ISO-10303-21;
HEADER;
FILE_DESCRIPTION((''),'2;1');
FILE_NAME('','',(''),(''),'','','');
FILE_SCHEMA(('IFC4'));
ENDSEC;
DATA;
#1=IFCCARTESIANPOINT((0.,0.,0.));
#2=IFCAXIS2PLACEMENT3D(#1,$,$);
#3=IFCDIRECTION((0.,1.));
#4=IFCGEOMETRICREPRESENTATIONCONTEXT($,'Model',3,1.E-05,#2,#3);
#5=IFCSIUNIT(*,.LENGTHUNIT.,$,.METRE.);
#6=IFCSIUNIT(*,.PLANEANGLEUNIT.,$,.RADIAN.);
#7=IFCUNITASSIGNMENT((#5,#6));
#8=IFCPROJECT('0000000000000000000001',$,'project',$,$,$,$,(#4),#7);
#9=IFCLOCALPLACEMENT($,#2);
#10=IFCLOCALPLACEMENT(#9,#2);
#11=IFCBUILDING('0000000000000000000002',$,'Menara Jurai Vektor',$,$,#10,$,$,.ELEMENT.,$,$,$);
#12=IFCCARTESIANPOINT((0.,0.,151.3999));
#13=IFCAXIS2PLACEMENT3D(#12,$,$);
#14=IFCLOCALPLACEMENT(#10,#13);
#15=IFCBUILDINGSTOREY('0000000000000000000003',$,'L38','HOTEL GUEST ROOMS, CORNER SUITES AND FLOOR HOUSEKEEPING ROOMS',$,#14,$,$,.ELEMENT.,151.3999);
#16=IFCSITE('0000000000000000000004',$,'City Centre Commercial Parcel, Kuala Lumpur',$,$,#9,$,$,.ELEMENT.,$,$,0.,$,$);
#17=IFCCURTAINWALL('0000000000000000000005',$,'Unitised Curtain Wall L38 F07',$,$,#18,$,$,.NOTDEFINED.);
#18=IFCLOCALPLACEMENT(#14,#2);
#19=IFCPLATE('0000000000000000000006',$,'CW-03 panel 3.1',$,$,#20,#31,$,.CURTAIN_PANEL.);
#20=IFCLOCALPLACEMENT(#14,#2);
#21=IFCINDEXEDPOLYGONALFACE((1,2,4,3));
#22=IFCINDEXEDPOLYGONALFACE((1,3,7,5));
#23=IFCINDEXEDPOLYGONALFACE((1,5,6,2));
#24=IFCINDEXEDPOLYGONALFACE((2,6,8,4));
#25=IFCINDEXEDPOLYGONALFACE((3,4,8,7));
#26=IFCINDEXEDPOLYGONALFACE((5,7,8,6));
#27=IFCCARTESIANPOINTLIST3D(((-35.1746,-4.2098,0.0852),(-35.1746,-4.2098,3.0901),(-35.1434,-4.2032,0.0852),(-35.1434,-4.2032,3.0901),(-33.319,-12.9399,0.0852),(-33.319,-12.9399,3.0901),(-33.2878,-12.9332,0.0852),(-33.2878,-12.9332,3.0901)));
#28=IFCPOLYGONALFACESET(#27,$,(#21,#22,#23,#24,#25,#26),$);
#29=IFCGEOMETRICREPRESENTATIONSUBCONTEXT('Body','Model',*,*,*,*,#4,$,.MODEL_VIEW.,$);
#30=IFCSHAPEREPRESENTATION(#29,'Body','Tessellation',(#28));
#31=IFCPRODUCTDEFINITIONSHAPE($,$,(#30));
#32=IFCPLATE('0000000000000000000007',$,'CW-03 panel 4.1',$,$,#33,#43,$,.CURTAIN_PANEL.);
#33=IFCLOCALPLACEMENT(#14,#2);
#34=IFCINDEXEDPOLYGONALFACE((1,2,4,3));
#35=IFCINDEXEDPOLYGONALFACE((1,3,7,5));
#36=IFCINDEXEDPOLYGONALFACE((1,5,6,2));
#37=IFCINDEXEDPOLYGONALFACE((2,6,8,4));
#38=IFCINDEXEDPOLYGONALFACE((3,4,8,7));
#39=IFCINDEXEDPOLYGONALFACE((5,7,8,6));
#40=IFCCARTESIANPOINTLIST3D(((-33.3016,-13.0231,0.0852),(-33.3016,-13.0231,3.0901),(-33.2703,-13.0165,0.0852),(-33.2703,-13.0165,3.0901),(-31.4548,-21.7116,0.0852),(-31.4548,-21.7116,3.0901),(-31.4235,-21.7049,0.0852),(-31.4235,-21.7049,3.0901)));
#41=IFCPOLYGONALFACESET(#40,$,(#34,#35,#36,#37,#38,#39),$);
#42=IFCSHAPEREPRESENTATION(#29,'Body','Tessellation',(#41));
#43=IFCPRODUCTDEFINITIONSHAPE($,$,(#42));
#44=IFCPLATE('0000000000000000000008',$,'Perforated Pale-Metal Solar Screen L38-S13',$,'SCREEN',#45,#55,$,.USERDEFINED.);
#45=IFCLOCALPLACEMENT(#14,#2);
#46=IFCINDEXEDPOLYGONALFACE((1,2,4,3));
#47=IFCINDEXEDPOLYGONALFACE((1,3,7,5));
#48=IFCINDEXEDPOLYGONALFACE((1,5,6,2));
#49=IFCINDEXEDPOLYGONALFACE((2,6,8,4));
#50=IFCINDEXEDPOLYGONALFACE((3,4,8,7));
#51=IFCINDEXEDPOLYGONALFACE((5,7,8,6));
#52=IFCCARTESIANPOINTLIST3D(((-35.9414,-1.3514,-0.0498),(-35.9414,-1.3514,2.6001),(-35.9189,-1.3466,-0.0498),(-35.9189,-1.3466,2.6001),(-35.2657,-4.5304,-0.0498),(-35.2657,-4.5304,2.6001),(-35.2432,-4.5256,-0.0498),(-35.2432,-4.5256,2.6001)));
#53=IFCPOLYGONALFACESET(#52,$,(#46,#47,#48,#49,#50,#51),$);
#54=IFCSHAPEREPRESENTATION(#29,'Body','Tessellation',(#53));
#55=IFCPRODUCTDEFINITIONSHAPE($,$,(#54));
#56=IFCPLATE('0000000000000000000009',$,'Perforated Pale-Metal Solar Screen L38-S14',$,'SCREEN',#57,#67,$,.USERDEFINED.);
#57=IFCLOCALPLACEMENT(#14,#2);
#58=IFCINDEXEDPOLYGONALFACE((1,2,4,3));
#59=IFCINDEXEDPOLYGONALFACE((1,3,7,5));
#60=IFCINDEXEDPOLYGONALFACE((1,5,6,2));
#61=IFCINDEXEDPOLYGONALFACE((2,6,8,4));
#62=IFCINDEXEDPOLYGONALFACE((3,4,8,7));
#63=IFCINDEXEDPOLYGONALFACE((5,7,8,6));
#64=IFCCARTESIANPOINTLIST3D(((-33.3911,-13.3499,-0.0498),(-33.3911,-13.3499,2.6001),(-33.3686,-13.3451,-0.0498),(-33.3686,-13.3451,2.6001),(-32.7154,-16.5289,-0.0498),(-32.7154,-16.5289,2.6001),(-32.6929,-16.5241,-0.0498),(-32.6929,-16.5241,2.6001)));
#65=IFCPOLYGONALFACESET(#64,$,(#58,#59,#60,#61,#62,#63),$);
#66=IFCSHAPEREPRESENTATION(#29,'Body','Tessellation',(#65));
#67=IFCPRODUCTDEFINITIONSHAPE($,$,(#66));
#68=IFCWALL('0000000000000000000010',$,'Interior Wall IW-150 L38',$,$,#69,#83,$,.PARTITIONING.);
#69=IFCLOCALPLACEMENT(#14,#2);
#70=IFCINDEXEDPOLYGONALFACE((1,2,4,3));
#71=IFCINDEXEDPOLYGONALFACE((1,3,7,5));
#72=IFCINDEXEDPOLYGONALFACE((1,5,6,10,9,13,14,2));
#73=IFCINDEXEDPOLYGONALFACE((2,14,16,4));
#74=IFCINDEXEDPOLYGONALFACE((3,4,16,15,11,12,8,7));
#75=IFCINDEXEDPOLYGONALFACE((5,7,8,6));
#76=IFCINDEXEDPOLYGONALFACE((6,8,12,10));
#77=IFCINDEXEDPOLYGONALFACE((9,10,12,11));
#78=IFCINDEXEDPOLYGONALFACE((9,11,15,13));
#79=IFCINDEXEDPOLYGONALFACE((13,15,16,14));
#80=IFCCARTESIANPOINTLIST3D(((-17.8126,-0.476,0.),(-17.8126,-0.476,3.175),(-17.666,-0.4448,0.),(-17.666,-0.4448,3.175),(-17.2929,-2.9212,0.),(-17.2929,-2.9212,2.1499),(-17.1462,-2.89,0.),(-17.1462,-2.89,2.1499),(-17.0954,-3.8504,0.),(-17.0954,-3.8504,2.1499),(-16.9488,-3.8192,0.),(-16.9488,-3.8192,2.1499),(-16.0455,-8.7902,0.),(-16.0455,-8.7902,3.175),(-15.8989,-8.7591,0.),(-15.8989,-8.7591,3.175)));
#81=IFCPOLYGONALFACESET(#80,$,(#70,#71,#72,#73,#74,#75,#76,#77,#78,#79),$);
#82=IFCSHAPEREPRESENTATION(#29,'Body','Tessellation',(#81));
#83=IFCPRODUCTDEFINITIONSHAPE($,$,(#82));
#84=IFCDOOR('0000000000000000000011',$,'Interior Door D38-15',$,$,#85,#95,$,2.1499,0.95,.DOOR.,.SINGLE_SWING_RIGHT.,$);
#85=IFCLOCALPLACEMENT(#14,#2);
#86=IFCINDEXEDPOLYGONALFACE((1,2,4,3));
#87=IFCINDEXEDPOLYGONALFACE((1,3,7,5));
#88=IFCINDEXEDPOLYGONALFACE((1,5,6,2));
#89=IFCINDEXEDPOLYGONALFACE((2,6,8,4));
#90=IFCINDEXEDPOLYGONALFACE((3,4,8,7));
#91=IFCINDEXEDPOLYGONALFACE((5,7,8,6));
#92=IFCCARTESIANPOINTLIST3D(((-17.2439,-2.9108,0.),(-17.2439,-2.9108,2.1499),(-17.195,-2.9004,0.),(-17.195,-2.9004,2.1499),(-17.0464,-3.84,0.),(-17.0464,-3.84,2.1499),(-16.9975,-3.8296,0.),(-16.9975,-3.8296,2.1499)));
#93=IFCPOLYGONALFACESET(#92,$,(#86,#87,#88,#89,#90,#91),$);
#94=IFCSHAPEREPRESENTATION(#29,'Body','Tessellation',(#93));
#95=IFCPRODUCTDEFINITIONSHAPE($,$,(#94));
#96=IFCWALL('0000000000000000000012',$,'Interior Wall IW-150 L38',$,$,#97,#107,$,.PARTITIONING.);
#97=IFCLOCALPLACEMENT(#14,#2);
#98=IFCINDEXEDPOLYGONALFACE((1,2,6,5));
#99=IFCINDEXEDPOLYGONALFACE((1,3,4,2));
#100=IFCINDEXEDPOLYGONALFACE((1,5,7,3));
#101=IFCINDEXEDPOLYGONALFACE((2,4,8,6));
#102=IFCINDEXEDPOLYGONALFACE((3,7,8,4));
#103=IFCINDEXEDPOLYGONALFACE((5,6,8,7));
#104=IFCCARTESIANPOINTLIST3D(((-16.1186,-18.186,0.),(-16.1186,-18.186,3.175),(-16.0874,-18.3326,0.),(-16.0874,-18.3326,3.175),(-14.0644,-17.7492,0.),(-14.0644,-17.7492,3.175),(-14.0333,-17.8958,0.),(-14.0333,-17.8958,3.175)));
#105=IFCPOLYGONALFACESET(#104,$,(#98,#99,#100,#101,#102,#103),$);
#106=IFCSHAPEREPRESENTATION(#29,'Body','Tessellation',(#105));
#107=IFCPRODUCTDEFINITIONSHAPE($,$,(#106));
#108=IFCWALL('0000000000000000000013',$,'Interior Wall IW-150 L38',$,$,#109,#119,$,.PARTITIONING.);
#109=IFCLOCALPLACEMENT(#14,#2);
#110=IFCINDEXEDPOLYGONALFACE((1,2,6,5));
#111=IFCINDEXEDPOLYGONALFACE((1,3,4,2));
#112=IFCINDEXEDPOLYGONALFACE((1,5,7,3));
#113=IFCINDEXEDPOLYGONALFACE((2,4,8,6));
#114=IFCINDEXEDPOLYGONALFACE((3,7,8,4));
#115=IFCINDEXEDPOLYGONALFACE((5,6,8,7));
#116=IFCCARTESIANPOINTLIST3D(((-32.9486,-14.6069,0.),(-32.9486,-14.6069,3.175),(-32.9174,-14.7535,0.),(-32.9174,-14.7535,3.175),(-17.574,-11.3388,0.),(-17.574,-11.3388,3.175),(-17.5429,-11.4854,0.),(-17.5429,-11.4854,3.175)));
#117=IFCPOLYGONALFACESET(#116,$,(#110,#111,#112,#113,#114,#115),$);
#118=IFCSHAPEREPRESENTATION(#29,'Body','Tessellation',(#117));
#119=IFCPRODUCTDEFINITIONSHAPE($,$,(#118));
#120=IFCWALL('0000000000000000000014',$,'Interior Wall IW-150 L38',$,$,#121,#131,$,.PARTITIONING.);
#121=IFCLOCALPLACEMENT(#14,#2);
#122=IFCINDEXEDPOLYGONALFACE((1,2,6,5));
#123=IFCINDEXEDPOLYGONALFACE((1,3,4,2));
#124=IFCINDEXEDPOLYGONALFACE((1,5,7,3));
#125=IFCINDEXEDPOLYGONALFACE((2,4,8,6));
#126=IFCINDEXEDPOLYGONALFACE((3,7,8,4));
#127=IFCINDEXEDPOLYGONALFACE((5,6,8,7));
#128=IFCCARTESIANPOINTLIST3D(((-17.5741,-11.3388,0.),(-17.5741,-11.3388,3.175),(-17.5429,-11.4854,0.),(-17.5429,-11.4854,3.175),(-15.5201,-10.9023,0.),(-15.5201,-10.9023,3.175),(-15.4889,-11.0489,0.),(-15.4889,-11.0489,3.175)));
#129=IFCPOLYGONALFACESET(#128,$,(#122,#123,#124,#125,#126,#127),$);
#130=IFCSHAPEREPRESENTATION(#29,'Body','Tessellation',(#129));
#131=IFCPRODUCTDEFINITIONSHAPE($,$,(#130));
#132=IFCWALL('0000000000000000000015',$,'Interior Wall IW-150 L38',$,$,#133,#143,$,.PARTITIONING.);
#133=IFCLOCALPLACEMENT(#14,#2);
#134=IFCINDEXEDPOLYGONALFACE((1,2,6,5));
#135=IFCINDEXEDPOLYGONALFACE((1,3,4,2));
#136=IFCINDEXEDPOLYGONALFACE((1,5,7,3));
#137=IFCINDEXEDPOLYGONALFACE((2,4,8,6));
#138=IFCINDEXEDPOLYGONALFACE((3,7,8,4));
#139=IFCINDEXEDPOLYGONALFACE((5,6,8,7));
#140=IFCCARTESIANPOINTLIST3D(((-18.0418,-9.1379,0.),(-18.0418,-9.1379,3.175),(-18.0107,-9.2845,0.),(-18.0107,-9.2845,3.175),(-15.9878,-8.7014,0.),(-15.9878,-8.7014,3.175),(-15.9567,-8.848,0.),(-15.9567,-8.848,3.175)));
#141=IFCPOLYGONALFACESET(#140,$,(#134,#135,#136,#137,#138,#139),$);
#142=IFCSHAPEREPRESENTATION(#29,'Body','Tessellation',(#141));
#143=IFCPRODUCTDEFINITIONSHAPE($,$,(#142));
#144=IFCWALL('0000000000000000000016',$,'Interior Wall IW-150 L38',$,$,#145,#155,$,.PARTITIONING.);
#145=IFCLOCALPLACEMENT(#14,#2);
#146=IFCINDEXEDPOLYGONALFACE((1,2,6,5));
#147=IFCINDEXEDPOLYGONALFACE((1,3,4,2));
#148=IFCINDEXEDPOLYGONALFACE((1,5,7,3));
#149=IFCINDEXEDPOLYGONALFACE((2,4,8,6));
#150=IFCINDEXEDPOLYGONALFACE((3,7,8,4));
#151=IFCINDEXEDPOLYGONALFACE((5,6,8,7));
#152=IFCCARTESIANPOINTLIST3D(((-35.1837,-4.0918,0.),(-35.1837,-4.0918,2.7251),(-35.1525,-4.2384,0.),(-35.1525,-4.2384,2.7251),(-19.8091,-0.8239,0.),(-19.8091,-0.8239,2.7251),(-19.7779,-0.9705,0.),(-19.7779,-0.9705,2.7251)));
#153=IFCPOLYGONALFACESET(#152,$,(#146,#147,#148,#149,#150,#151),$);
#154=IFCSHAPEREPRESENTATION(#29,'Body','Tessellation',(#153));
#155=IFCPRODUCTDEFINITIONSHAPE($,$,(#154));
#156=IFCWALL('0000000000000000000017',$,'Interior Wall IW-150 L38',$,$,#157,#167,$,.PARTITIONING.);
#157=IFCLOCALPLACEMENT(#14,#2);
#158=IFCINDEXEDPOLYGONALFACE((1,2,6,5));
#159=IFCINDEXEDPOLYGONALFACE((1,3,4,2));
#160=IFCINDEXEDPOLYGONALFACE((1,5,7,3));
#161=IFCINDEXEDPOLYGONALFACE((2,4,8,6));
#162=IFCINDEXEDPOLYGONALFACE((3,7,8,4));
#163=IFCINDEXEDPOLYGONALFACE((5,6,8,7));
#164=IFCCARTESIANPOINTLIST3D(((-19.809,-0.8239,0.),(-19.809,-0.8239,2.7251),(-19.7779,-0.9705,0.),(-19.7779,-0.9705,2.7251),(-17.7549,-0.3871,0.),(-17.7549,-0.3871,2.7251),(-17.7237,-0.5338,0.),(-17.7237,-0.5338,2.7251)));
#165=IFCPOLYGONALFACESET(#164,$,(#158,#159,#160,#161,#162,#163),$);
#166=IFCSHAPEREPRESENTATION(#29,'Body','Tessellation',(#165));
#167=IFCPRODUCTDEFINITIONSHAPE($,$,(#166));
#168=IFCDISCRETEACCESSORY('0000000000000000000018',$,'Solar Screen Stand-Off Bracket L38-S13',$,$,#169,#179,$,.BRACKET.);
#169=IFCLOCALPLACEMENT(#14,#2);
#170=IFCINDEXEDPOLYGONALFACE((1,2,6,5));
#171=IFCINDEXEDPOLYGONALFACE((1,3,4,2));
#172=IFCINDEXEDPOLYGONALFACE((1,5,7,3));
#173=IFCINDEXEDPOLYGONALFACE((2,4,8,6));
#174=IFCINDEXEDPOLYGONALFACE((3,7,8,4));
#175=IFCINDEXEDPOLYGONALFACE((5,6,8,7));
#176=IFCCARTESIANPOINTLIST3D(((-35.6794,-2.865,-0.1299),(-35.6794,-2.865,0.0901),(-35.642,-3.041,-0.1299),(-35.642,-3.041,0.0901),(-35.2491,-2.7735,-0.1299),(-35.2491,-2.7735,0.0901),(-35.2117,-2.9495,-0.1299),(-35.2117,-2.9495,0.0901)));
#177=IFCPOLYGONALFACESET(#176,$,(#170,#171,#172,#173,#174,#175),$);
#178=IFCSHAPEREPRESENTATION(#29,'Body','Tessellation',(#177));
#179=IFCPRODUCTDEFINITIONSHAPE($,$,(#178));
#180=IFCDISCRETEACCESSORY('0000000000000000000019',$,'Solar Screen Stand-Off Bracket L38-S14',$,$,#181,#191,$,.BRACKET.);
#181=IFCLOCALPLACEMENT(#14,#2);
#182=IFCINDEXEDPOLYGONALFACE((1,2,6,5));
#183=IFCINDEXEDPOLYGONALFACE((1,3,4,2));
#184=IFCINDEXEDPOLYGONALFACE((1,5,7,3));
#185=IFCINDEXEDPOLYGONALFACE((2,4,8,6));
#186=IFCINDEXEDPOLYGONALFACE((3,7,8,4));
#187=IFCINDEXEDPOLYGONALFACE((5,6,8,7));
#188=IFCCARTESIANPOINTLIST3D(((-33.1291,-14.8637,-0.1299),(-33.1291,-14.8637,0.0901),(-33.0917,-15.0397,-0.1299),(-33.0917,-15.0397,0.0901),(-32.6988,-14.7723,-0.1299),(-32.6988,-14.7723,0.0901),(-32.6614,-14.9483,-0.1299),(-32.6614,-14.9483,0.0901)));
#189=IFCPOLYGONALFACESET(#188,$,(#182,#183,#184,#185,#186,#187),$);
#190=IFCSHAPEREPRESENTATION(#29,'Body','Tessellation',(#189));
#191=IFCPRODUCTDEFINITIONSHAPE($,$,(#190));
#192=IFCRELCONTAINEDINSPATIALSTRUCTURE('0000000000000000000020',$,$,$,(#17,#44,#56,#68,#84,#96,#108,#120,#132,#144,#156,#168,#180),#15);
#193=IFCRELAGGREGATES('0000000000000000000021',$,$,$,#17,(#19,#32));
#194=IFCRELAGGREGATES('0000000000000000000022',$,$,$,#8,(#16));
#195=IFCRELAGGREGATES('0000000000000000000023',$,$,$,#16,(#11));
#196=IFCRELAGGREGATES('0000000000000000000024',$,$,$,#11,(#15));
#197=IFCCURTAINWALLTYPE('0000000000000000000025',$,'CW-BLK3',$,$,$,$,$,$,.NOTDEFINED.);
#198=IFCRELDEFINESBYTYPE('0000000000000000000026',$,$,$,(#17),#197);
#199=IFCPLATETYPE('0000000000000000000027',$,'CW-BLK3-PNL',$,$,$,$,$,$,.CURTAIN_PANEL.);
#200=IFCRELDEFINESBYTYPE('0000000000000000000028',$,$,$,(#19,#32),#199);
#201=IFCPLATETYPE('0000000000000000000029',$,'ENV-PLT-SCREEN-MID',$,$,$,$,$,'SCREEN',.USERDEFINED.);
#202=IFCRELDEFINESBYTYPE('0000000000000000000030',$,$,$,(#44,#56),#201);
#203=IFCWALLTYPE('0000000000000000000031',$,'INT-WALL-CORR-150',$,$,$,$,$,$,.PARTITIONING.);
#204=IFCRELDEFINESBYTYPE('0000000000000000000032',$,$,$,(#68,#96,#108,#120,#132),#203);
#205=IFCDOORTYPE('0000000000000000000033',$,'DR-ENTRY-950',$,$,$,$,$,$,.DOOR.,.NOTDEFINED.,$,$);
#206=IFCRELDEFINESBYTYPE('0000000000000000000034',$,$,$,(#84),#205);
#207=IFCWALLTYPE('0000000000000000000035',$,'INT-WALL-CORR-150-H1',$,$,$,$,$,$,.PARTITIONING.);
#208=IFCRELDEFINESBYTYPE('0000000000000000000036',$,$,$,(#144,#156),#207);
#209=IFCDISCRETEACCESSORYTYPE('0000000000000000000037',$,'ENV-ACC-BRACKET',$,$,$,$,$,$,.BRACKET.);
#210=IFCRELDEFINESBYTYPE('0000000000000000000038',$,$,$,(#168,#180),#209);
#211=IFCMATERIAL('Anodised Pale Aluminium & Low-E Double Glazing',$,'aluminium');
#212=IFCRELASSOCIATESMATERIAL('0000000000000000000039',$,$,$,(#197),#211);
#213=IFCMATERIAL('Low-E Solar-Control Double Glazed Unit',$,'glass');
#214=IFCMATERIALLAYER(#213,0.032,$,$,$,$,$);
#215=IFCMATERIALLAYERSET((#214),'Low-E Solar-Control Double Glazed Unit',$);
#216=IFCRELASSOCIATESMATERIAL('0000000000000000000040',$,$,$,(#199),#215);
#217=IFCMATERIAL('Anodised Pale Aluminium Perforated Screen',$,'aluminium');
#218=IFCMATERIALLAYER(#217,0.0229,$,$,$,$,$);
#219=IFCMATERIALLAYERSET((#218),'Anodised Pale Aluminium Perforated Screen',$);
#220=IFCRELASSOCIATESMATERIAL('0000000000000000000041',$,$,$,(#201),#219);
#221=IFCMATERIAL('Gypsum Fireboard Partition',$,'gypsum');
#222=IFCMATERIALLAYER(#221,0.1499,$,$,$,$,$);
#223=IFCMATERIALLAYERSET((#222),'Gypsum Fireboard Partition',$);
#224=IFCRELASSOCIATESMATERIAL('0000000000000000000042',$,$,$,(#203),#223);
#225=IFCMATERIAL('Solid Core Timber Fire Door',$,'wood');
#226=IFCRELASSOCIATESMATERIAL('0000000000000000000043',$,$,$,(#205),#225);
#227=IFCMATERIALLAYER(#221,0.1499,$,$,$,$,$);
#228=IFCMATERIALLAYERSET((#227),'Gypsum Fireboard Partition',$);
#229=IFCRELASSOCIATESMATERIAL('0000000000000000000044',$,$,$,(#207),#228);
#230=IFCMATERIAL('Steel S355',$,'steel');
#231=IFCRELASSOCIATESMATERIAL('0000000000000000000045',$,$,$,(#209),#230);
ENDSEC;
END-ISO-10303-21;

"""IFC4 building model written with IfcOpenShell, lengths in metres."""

from ifc_helpers import new_model, si_unit, direction, frame, frame_2d, origin, origin_2d, place, context, subcontext, project, spatial, rectangle, extrude, material, layer, layer_set, type_object, element, fill, aggregate, save


model = new_model("IFC4")

# Units and contexts
model_context = context("Model", 3, precision=1e-05, world=origin(), true_north=direction((0.0, 1.0)))
body_context = subcontext(model_context, "Body", "Model", "MODEL_VIEW")
ifc_project = project(units=[si_unit("LENGTHUNIT", "METRE"), si_unit("PLANEANGLEUNIT", "RADIAN")], contexts=[model_context])

# Site, building, storey
site_placement = place(None, origin())
site = spatial("IfcSite", under=ifc_project, at=site_placement, Name="City Centre Commercial Parcel, Kuala Lumpur", CompositionType="ELEMENT", RefElevation=0.0)
building_placement = place(site_placement, origin())
building = spatial("IfcBuilding", under=site, at=building_placement, Name="Menara Jurai Vektor", CompositionType="ELEMENT")
storey_placement = place(building_placement, frame((0.0, 0.0, 151.3999)))
storey = spatial("IfcBuildingStorey", under=building, at=storey_placement, Name="L38", Description="HOTEL GUEST ROOMS, CORNER SUITES AND FLOOR HOUSEKEEPING ROOMS", CompositionType="ELEMENT", Elevation=151.3999)

# Curtain wall
ifc_material_1 = material(Name="Anodised Pale Aluminium & Low-E Double Glazing", Category="aluminium")
curtain_wall_type = type_object("IfcCurtainWallType", Name="CW-BLK3", PredefinedType="NOTDEFINED", material=ifc_material_1)
curtain_wall_placement = place(storey_placement, origin())
curtain_wall = element("IfcCurtainWall", 1, at=curtain_wall_placement, inside=storey, type_object=curtain_wall_type, Name="Unitised Curtain Wall L38 F07", PredefinedType="NOTDEFINED")

# Shared definitions
ifc_material_2 = material(Name="Steel S355", Category="steel")

# Plates
ifc_material_3 = material(Name="Low-E Solar-Control Double Glazed Unit", Category="glass")
ifc_layer_1 = layer(ifc_material_3, 0.032)
ifc_layer_set_1 = layer_set([ifc_layer_1], Name="Low-E Solar-Control Double Glazed Unit")
plate_type_1 = type_object("IfcPlateType", Name="CW-BLK3-PNL", PredefinedType="CURTAIN_PANEL", material=ifc_layer_set_1)
plate_1_placement = place(storey_placement, frame((-34.2312, -8.5715, 0.0852), z_axis=(0.0, 0.0, 1.0), x_axis=(0.20791, -0.978148, 0.0)))
plate_1 = element("IfcPlate", 2, at=plate_1_placement, type_object=plate_type_1, Name="CW-03 panel 3.1", PredefinedType="CURTAIN_PANEL", context=body_context, shape_type="SweptSolid", body=[
    extrude(rectangle(XDim=8.925, YDim=0.032, at=origin_2d()), origin(), (0.0, 0.0, 1.0), 3.0049),
])
plate_2_placement = place(storey_placement, frame((-32.3625, -17.364, 0.0852), z_axis=(0.0, 0.0, 1.0), x_axis=(0.20791, -0.978148, 0.0)))
plate_2 = element("IfcPlate", 3, at=plate_2_placement, type_object=plate_type_1, Name="CW-03 panel 4.1", PredefinedType="CURTAIN_PANEL", context=body_context, shape_type="SweptSolid", body=[
    extrude(rectangle(XDim=8.8826, YDim=0.032, at=origin_2d()), origin(), (0.0, 0.0, 1.0), 3.0049),
])
aggregate(curtain_wall, [plate_1, plate_2])

# Plates
ifc_material_4 = material(Name="Anodised Pale Aluminium Perforated Screen", Category="aluminium")
ifc_layer_2 = layer(ifc_material_4, 0.0229)
ifc_layer_set_2 = layer_set([ifc_layer_2], Name="Anodised Pale Aluminium Perforated Screen")
plate_type_2 = type_object("IfcPlateType", Name="ENV-PLT-SCREEN-MID", ElementType="SCREEN", PredefinedType="USERDEFINED", material=ifc_layer_set_2)
for number, where, z_axis, x_axis, name in (
    (4, (-35.5923, -2.9385, -0.0498), (0.0, 0.0, 1.0), (0.207912, -0.978148, 0.0), "Perforated Pale-Metal Solar Screen L38-S13"),
    (5, (-33.042, -14.937, -0.0498), (0.0, 0.0, 1.0), (0.207912, -0.978148, 0.0), "Perforated Pale-Metal Solar Screen L38-S14"),
):
    element("IfcPlate", number, at=place(storey_placement, frame(where, z_axis=z_axis, x_axis=x_axis)), inside=storey, type_object=plate_type_2, Name=name, ObjectType="SCREEN", PredefinedType="USERDEFINED", context=body_context, shape_type="SweptSolid", body=[
        extrude(rectangle(XDim=3.25, YDim=0.0229, at=origin_2d()), origin(), (0.0, 0.0, 1.0), 2.6499),
    ])

# Wall, opening, door
ifc_material_5 = material(Name="Gypsum Fireboard Partition", Category="gypsum")
ifc_layer_3 = layer(ifc_material_5, 0.1499)
ifc_layer_set_3 = layer_set([ifc_layer_3], Name="Gypsum Fireboard Partition")
wall_type_1 = type_object("IfcWallType", Name="INT-WALL-CORR-150", PredefinedType="PARTITIONING", material=ifc_layer_set_3)
wall_1_placement = place(storey_placement, frame((-15.9722, -8.7747, 0.0), z_axis=(0.0, 0.0, 1.0), x_axis=(-0.207895, 0.978151, 0.0)))
wall_1 = element("IfcWall", 6, at=wall_1_placement, inside=storey, type_object=wall_type_1, Name="Interior Wall IW-150 L38", PredefinedType="PARTITIONING", context=body_context, shape_type="SweptSolid", body=[
    extrude(rectangle(XDim=8.5, YDim=0.1499, at=frame_2d((4.25, 0.0))), origin(), (0.0, 0.0, 1.0), 3.175),
])
opening_1_placement = place(wall_1_placement, frame((5.05, 0.0, 0.0)))
opening_1 = element("IfcOpeningElement", 7, at=opening_1_placement, cuts=wall_1, PredefinedType="OPENING", context=body_context, shape_type="SweptSolid", body=[
    extrude(rectangle(XDim=0.95, YDim=2.1499, at=frame_2d((0.4751, 1.075))), frame((0.0, 0.085, 0.0), z_axis=(0.0, -1.0, 0.0), x_axis=(1.0, 0.0, 0.0)), (0.0, 0.0, 1.0), 0.1699),
])
ifc_material_6 = material(Name="Solid Core Timber Fire Door", Category="wood")
door_type_1 = type_object("IfcDoorType", Name="DR-ENTRY-950", OperationType="NOTDEFINED", PredefinedType="DOOR", material=ifc_material_6)
door_1_placement = place(opening_1_placement, origin())
door_1 = element("IfcDoor", 8, at=door_1_placement, inside=storey, type_object=door_type_1, Name="Interior Door D38-15", OperationType="SINGLE_SWING_RIGHT", OverallHeight=2.1499, OverallWidth=0.95, PredefinedType="DOOR", context=body_context, shape_type="SweptSolid", body=[
    extrude(rectangle(XDim=0.95, YDim=2.1499, at=frame_2d((0.4751, 1.075))), frame((0.0, 0.0249, 0.0), z_axis=(0.0, -1.0, 0.0), x_axis=(1.0, 0.0, 0.0)), (0.0, 0.0, 1.0), 0.05),
])
fill(opening_1, door_1)

# Walls
wall_2_placement = place(storey_placement, frame((-16.103, -18.2593, 0.0), z_axis=(0.0, 0.0, 1.0), x_axis=(0.978135, 0.207973, 0.0)))
element("IfcWall", 9, at=wall_2_placement, inside=storey, type_object=wall_type_1, Name="Interior Wall IW-150 L38", PredefinedType="PARTITIONING", context=body_context, shape_type="SweptSolid", body=[
    extrude(rectangle(XDim=2.1001, YDim=0.1499, at=frame_2d((1.05, 0.0))), origin(), (0.0, 0.0, 1.0), 3.175),
])
wall_3_placement = place(storey_placement, frame((-32.9329, -14.6802, 0.0), z_axis=(0.0, 0.0, 1.0), x_axis=(0.978146, 0.207919, 0.0)))
element("IfcWall", 10, at=wall_3_placement, inside=storey, type_object=wall_type_1, Name="Interior Wall IW-150 L38", PredefinedType="PARTITIONING", context=body_context, shape_type="SweptSolid", body=[
    extrude(rectangle(XDim=15.718, YDim=0.1499, at=frame_2d((7.8589, 0.0))), origin(), (0.0, 0.0, 1.0), 3.175),
])
wall_4_placement = place(storey_placement, frame((-17.5583, -11.4121, 0.0), z_axis=(0.0, 0.0, 1.0), x_axis=(0.978153, 0.207885, 0.0)))
element("IfcWall", 11, at=wall_4_placement, inside=storey, type_object=wall_type_1, Name="Interior Wall IW-150 L38", PredefinedType="PARTITIONING", context=body_context, shape_type="SweptSolid", body=[
    extrude(rectangle(XDim=2.0999, YDim=0.1499, at=frame_2d((1.0498, 0.0))), origin(), (0.0, 0.0, 1.0), 3.175),
])

# Walls
wall_5_placement = place(storey_placement, frame((-18.0261, -9.2112, 0.0), z_axis=(0.0, 0.0, 1.0), x_axis=(0.978153, 0.207885, 0.0)))
element("IfcWall", 12, at=wall_5_placement, inside=storey, type_object=wall_type_1, Name="Interior Wall IW-150 L38", PredefinedType="PARTITIONING", context=body_context, shape_type="SweptSolid", body=[
    extrude(rectangle(XDim=2.0999, YDim=0.1499, at=frame_2d((1.0498, 0.0))), origin(), (0.0, 0.0, 1.0), 3.175),
])
ifc_layer_4 = layer(ifc_material_5, 0.1499)
ifc_layer_set_4 = layer_set([ifc_layer_4], Name="Gypsum Fireboard Partition")
wall_type_2 = type_object("IfcWallType", Name="INT-WALL-CORR-150-H1", PredefinedType="PARTITIONING", material=ifc_layer_set_4)
wall_6_placement = place(storey_placement, frame((-35.168, -4.165, 0.0), z_axis=(0.0, 0.0, 1.0), x_axis=(0.978149, 0.207904, 0.0)))
element("IfcWall", 13, at=wall_6_placement, inside=storey, type_object=wall_type_2, Name="Interior Wall IW-150 L38", PredefinedType="PARTITIONING", context=body_context, shape_type="SweptSolid", body=[
    extrude(rectangle(XDim=15.718, YDim=0.1499, at=frame_2d((7.8589, 0.0))), origin(), (0.0, 0.0, 1.0), 2.7251),
])
wall_7_placement = place(storey_placement, frame((-19.7935, -0.8972, 0.0), z_axis=(0.0, 0.0, 1.0), x_axis=(0.978135, 0.207973, 0.0)))
element("IfcWall", 14, at=wall_7_placement, inside=storey, type_object=wall_type_2, Name="Interior Wall IW-150 L38", PredefinedType="PARTITIONING", context=body_context, shape_type="SweptSolid", body=[
    extrude(rectangle(XDim=2.1001, YDim=0.1499, at=frame_2d((1.05, 0.0))), origin(), (0.0, 0.0, 1.0), 2.7251),
])

# Discrete accessories
discrete_accessory_type = type_object("IfcDiscreteAccessoryType", Name="ENV-ACC-BRACKET", PredefinedType="BRACKET", material=ifc_material_2)
for number, where, z_axis, x_axis, name in (
    (15, (-35.4456, -2.9072, -0.1299), (0.0, 0.0, 1.0), (0.207912, -0.978148, 0.0), "Solar Screen Stand-Off Bracket L38-S13"),
    (16, (-32.8953, -14.906, -0.1299), (0.0, 0.0, 1.0), (0.207912, -0.978148, 0.0), "Solar Screen Stand-Off Bracket L38-S14"),
):
    element("IfcDiscreteAccessory", number, at=place(storey_placement, frame(where, z_axis=z_axis, x_axis=x_axis)), inside=storey, type_object=discrete_accessory_type, Name=name, PredefinedType="BRACKET", context=body_context, shape_type="SweptSolid", body=[
        extrude(rectangle(XDim=0.1799, YDim=0.4399, at=origin_2d()), origin(), (0.0, 0.0, 1.0), 0.22),
    ])

save(model, "model.ifc")
